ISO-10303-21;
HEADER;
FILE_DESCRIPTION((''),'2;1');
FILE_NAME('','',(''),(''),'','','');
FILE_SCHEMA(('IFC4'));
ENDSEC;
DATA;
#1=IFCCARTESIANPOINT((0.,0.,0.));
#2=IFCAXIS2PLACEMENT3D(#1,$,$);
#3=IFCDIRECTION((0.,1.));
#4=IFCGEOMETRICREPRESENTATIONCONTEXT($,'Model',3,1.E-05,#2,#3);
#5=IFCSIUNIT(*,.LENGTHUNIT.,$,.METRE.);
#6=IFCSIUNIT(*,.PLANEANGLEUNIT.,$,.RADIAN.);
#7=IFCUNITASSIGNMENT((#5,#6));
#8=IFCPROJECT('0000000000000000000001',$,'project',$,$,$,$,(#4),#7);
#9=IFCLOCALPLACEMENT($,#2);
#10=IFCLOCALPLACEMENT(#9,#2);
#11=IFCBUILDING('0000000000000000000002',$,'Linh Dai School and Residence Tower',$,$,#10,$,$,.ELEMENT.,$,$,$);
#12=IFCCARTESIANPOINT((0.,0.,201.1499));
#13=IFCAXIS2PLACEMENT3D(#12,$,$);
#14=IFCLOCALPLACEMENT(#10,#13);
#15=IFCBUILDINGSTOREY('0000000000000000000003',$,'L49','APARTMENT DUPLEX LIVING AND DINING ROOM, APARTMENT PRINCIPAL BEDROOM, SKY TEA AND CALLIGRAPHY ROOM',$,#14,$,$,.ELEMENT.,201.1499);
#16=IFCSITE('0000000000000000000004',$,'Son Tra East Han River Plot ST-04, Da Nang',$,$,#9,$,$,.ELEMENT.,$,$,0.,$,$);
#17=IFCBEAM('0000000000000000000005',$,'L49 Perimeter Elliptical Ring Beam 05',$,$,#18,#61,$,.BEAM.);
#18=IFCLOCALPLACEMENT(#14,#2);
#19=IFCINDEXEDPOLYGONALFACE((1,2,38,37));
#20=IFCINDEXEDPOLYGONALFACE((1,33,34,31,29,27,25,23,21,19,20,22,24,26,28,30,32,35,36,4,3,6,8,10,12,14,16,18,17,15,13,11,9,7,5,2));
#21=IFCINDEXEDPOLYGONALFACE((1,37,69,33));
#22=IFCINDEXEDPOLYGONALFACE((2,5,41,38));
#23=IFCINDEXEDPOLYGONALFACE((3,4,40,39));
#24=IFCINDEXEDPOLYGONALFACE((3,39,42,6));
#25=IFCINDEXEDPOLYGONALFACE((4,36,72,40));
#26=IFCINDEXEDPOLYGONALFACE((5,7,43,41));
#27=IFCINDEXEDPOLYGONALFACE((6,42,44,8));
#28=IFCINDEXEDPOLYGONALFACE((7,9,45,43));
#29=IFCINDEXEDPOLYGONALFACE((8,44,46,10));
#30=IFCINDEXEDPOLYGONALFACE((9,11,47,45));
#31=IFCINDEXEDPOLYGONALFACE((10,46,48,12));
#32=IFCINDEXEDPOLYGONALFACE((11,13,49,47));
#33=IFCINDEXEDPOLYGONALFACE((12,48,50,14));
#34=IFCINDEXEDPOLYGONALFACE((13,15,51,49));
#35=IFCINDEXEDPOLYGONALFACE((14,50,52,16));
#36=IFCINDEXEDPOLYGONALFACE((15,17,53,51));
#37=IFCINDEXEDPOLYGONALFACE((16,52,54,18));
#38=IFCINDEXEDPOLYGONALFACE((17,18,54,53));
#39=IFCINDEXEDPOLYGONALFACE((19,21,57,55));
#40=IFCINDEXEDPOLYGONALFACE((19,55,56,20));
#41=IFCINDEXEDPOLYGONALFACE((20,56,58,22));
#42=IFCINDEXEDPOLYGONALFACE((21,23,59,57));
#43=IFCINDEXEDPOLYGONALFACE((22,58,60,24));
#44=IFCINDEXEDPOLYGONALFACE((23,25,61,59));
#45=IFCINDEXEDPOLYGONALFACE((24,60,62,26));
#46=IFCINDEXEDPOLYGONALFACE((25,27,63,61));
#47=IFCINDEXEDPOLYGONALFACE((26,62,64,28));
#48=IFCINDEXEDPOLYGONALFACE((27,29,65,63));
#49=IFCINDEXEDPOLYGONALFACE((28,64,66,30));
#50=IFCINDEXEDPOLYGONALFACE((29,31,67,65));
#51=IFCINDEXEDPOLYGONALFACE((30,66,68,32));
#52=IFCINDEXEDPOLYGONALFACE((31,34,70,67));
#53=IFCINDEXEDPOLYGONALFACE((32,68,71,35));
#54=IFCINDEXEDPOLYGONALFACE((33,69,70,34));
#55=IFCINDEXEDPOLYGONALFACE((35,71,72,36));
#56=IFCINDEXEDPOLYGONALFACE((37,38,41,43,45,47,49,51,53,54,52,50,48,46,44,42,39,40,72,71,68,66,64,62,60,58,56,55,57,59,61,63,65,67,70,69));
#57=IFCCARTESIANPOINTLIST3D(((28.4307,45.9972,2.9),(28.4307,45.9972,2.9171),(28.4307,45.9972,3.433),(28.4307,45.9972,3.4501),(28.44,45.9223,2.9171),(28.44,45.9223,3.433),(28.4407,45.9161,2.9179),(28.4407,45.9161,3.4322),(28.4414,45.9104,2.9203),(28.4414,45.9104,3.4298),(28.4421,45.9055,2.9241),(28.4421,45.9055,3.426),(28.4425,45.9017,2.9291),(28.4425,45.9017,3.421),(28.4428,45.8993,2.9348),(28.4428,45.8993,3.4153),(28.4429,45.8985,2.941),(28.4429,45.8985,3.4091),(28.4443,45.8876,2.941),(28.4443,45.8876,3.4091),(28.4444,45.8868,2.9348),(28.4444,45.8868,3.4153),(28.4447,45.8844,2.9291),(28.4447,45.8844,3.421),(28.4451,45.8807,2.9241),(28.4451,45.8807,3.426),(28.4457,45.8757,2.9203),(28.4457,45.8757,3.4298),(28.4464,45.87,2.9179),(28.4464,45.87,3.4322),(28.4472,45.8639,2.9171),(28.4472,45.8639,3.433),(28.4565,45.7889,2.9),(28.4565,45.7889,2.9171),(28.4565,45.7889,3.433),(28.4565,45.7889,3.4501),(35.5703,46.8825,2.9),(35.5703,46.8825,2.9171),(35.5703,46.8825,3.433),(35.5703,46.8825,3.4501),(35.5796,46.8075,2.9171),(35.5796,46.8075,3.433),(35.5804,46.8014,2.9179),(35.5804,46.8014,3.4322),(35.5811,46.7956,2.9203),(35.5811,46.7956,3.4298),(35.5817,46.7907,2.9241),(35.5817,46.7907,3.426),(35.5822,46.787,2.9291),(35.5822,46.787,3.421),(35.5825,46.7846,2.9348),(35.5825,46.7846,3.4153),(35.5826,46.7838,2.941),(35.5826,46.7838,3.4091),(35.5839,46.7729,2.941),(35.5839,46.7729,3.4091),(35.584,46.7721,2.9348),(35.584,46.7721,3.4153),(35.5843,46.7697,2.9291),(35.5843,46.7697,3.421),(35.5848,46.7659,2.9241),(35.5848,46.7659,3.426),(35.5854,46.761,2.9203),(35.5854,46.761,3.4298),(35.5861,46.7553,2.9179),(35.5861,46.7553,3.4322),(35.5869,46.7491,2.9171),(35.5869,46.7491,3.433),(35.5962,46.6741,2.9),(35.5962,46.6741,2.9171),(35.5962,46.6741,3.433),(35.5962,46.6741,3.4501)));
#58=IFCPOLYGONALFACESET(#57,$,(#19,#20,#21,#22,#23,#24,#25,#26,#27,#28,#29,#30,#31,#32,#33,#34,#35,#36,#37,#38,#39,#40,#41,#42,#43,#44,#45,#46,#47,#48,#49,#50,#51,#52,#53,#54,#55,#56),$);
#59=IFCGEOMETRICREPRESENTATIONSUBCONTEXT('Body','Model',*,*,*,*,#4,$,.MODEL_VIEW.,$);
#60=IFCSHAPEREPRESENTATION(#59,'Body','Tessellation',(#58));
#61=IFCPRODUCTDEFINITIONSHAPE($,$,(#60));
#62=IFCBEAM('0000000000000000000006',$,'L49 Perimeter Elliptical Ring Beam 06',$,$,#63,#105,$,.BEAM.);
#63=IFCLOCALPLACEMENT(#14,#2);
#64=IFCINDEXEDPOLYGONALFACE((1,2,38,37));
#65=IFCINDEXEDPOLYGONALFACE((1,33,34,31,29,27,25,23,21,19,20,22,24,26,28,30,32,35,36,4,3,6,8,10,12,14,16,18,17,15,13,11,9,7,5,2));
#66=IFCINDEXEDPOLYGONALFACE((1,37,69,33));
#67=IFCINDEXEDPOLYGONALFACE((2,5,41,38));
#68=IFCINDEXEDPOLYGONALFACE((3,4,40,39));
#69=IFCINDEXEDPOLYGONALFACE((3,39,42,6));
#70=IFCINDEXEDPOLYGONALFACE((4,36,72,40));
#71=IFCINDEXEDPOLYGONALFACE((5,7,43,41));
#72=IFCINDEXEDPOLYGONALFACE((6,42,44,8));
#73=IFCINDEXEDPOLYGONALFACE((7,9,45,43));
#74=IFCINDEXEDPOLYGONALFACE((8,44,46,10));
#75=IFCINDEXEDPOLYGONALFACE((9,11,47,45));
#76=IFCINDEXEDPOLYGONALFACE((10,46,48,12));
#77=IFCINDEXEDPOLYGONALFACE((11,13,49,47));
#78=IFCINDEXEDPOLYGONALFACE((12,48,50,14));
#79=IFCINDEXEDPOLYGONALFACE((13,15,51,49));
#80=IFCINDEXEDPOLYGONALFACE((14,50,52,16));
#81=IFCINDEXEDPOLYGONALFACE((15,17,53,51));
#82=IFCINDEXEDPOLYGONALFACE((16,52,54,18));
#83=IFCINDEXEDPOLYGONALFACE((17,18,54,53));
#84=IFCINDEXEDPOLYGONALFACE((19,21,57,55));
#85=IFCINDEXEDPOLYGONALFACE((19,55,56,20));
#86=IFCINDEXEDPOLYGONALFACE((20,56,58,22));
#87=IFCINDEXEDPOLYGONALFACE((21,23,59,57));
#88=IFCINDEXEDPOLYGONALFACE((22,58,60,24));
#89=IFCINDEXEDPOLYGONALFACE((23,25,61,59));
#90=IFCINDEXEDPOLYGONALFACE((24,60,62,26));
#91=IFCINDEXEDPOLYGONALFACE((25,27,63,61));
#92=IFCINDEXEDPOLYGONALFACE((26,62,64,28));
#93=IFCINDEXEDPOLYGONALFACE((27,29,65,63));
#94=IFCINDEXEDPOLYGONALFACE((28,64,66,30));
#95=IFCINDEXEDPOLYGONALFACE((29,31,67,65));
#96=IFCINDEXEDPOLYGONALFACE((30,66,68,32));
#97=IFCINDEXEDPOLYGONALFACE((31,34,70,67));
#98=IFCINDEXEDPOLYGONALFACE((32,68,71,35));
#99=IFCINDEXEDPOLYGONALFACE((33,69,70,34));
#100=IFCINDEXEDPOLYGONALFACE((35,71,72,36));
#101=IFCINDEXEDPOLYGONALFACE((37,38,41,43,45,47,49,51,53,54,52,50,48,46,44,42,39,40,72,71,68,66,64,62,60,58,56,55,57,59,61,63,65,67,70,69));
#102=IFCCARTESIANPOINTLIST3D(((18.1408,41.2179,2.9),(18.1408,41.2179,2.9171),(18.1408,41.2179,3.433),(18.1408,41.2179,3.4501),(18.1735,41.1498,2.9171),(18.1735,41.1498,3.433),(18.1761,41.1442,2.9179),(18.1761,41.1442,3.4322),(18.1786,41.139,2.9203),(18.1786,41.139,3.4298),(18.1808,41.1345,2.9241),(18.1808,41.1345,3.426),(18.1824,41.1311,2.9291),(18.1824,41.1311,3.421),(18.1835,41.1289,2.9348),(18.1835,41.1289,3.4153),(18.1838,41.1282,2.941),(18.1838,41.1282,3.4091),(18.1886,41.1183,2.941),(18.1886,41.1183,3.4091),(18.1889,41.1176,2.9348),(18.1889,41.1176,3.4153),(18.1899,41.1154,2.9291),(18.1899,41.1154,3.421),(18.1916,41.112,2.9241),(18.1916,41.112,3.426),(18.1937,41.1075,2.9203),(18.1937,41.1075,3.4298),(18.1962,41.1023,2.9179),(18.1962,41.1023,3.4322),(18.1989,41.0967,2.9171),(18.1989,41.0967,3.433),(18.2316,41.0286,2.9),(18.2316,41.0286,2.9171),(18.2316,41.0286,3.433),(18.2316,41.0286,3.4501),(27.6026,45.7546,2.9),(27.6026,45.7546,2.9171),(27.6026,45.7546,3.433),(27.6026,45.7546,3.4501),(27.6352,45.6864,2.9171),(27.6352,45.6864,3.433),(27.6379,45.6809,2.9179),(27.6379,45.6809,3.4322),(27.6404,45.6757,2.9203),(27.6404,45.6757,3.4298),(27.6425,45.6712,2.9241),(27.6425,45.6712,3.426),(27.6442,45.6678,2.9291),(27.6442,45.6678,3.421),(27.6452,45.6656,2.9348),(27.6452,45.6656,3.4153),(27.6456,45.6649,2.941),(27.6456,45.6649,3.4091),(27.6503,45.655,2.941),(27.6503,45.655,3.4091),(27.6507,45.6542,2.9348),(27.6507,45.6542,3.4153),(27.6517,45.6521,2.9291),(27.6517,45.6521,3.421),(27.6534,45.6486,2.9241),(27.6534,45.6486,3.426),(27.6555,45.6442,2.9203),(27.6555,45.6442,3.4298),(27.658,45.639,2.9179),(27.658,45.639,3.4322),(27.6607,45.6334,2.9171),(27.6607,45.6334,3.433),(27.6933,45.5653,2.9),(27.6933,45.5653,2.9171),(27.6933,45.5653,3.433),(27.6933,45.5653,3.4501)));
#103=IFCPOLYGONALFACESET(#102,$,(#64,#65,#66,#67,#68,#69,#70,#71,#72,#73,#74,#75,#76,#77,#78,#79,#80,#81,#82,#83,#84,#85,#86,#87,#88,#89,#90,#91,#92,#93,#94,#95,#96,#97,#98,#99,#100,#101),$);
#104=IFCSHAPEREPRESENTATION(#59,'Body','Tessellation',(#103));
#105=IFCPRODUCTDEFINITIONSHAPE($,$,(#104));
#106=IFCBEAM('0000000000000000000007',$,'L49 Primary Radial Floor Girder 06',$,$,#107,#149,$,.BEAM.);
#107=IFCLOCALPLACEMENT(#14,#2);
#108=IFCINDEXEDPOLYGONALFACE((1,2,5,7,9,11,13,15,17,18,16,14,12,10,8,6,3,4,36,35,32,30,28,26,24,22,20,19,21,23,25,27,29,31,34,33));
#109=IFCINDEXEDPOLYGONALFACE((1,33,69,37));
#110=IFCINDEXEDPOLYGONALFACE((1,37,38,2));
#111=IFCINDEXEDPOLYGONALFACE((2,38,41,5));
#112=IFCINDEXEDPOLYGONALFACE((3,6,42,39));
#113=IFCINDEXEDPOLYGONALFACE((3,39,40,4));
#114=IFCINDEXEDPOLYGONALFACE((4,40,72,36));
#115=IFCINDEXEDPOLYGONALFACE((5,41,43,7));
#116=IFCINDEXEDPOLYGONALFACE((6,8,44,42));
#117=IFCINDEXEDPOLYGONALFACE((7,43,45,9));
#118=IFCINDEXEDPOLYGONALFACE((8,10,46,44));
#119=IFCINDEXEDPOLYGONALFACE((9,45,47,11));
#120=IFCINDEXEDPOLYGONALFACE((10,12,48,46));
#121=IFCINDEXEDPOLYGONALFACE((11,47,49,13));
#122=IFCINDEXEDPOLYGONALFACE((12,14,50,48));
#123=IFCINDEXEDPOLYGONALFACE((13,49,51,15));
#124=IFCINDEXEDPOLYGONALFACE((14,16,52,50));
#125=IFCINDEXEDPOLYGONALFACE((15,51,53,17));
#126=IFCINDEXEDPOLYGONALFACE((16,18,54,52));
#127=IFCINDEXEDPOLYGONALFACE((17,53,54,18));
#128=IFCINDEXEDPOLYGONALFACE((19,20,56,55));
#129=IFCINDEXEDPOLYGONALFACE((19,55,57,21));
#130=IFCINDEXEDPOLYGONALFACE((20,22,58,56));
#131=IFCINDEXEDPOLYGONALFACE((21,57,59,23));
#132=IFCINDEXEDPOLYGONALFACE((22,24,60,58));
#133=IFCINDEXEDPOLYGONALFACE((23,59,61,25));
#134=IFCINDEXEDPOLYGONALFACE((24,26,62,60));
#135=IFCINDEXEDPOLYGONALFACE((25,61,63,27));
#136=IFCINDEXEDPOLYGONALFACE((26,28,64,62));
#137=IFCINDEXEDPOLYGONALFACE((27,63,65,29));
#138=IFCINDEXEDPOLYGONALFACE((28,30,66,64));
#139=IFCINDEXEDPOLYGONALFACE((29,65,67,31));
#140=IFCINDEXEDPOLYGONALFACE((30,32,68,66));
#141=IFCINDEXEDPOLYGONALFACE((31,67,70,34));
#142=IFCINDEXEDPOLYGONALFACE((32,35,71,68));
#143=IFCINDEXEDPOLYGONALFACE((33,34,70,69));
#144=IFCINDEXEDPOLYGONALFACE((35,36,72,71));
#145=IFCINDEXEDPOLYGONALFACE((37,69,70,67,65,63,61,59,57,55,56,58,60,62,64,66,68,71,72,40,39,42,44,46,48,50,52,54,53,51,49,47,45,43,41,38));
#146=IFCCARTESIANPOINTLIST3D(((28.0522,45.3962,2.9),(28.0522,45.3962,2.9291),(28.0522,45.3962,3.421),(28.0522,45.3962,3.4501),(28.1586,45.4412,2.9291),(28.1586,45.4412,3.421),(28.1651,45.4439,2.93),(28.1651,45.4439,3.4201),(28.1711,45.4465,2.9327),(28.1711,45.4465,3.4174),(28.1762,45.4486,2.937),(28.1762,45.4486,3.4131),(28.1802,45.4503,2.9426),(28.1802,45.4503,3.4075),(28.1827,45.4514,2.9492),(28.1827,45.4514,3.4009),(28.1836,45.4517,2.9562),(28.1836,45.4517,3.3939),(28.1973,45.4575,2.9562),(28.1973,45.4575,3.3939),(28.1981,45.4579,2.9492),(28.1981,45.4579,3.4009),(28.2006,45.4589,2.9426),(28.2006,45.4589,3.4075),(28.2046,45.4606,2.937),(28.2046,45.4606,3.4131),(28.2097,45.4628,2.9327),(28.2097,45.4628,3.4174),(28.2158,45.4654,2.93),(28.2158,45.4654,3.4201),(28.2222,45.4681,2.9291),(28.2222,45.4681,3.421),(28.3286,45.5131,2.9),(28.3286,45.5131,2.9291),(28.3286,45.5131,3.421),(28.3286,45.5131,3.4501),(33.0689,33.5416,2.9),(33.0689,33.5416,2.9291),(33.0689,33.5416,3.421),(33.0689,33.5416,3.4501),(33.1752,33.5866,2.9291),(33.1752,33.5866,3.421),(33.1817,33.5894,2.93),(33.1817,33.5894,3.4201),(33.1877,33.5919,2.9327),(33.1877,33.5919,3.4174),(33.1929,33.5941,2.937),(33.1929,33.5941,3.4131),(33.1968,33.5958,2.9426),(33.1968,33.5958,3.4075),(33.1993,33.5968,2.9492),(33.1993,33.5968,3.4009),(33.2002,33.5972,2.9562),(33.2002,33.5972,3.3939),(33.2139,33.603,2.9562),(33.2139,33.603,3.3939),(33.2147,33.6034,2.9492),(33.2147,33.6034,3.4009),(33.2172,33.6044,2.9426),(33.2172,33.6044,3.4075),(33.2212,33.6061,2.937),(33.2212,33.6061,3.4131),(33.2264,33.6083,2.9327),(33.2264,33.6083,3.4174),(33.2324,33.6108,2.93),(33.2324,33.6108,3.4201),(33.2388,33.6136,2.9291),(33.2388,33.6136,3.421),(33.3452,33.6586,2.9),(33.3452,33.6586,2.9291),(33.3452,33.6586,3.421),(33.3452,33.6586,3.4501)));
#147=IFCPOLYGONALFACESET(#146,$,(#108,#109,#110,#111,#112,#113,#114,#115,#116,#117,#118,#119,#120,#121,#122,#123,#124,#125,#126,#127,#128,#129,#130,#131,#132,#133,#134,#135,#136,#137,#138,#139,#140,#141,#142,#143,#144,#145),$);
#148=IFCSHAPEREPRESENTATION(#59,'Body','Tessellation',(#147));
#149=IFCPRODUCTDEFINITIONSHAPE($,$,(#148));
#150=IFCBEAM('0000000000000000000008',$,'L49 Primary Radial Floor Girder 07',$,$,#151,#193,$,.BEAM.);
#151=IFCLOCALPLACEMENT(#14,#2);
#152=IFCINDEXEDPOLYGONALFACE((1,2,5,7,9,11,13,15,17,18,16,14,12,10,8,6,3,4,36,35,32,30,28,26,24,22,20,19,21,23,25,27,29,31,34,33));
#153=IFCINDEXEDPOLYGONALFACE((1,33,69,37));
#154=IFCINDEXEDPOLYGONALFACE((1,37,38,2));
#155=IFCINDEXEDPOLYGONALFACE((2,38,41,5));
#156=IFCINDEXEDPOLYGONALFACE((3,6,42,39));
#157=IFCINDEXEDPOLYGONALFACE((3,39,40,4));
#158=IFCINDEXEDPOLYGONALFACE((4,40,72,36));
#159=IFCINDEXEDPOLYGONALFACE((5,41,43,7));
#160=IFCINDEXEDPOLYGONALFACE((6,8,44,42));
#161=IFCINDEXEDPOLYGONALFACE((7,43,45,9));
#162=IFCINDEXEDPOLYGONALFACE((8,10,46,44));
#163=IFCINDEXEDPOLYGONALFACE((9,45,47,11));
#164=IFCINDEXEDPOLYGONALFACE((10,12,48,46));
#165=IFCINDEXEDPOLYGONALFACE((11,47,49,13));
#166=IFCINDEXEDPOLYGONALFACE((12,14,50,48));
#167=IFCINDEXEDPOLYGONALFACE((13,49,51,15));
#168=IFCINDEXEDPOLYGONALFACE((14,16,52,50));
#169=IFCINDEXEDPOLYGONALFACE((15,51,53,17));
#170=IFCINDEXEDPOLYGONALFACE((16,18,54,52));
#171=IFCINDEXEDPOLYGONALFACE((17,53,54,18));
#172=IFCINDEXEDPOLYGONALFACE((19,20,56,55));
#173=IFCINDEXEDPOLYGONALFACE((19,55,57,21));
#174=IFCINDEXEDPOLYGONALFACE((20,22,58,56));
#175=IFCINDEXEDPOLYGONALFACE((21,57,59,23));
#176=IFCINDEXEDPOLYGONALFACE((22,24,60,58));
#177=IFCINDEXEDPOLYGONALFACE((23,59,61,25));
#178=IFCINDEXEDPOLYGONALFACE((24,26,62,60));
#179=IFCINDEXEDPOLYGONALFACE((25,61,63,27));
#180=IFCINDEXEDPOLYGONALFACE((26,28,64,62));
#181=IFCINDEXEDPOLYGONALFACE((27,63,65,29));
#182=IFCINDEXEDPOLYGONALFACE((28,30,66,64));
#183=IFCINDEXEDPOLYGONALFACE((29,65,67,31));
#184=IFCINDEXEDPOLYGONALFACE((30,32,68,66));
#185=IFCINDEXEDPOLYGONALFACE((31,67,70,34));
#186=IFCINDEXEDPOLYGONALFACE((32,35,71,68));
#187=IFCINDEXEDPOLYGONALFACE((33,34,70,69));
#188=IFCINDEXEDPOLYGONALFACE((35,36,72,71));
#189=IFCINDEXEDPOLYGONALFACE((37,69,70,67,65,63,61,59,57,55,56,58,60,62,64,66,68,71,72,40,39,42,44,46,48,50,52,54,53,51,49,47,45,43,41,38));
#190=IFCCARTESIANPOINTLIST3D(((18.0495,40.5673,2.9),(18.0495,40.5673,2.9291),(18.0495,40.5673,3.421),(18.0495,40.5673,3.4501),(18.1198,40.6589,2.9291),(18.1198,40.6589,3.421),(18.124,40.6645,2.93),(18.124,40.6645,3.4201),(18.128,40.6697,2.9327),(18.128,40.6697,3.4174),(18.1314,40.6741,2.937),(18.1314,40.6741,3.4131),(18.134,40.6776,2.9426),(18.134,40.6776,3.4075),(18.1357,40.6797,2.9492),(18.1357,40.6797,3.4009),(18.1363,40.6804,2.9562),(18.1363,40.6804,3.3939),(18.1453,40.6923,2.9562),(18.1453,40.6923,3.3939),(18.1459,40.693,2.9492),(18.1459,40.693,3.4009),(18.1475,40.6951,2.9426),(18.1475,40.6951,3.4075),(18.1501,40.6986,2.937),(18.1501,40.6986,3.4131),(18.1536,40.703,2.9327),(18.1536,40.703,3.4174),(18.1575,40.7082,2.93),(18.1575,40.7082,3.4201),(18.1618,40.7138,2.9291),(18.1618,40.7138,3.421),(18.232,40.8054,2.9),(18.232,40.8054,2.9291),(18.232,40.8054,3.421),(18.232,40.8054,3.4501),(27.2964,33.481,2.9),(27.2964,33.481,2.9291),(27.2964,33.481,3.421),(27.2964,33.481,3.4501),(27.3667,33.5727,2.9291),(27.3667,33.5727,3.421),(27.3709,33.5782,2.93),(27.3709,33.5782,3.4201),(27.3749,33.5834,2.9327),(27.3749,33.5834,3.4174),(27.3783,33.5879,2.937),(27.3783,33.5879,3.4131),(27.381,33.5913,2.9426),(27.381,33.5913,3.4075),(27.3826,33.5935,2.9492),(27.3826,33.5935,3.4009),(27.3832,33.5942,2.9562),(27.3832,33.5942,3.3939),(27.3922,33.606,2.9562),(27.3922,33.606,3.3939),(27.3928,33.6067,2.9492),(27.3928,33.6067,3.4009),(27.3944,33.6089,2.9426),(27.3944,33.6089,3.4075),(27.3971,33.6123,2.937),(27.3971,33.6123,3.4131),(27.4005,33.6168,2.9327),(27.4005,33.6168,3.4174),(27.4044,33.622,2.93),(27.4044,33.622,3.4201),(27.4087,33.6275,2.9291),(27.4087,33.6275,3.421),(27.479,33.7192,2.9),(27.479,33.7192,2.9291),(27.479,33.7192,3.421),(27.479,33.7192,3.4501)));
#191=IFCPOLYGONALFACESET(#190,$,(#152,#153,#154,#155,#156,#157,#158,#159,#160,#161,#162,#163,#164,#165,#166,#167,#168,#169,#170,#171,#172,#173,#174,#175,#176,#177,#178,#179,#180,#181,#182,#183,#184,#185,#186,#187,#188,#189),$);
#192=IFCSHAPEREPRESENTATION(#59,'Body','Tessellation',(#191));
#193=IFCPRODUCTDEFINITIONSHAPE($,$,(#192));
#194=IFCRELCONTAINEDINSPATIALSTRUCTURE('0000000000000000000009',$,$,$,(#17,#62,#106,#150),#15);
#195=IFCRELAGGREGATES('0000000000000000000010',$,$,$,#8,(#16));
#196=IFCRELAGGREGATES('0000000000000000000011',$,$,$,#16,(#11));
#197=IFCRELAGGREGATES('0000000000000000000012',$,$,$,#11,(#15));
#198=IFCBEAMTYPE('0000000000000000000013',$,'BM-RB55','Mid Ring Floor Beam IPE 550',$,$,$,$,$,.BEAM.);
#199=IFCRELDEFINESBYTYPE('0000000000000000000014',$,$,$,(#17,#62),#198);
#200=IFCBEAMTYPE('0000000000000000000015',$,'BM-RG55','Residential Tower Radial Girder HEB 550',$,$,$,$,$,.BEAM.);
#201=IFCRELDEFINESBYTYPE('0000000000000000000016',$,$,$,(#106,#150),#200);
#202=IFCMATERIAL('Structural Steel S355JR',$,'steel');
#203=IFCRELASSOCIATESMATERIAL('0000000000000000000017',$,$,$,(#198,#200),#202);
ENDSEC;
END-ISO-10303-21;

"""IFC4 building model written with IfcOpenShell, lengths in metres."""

from ifc_helpers import new_model, si_unit, direction, frame, origin, origin_2d, place, context, subcontext, project, spatial, i_section, extrude, material, material_profile, profile_set, type_object, element, save


model = new_model("IFC4")

# Units and contexts
model_context = context("Model", 3, precision=1e-05, world=origin(), true_north=direction((0.0, 1.0)))
body_context = subcontext(model_context, "Body", "Model", "MODEL_VIEW")
ifc_project = project(units=[si_unit("LENGTHUNIT", "METRE"), si_unit("PLANEANGLEUNIT", "RADIAN")], contexts=[model_context])

# Site, building, storey
site_placement = place(None, origin())
site = spatial("IfcSite", under=ifc_project, at=site_placement, Name="Son Tra East Han River Plot ST-04, Da Nang", CompositionType="ELEMENT", RefElevation=0.0)
building_placement = place(site_placement, origin())
building = spatial("IfcBuilding", under=site, at=building_placement, Name="Linh Dai School and Residence Tower", CompositionType="ELEMENT")
storey_placement = place(building_placement, frame((0.0, 0.0, 201.1499)))
storey = spatial("IfcBuildingStorey", under=building, at=storey_placement, Name="L49", Description="APARTMENT DUPLEX LIVING AND DINING ROOM, APARTMENT PRINCIPAL BEDROOM, SKY TEA AND CALLIGRAPHY ROOM", CompositionType="ELEMENT", Elevation=201.1499)

# Shared definitions
ifc_material_1 = material(Name="Structural Steel S355JR", Category="steel")

# Beams
ifc_material_profile_1 = material_profile(ifc_material_1, i_section(OverallWidth=0.21, OverallDepth=0.55, WebThickness=0.011, FlangeThickness=0.0171, FilletRadius=0.0239, at=origin_2d()), Name="IPE 550")
ifc_profile_set_1 = profile_set([ifc_material_profile_1], Name="Structural Steel S355JR")
beam_type_1 = type_object("IfcBeamType", Name="BM-RB55", Description="Mid Ring Floor Beam IPE 550", PredefinedType="BEAM", material=ifc_profile_set_1)
beam_1_placement = place(storey_placement, frame((35.5833, 46.7783, 3.175), z_axis=(-0.992401, -0.123049, 0.0), x_axis=(0.123049, -0.992401, 0.0)))
element("IfcBeam", 1, at=beam_1_placement, inside=storey, type_object=beam_type_1, Name="L49 Perimeter Elliptical Ring Beam 05", PredefinedType="BEAM", context=body_context, shape_type="SweptSolid", body=[
    extrude(i_section(OverallWidth=0.21, OverallDepth=0.55, WebThickness=0.011, FlangeThickness=0.0171, FilletRadius=0.0239, at=origin_2d()), origin(), (0.0, 0.0, 1.0), 7.1943),
])
beam_2_placement = place(storey_placement, frame((27.6479, 45.6599, 3.175), z_axis=(-0.901708, -0.432345, 0.0), x_axis=(0.432345, -0.901708, 0.0)))
element("IfcBeam", 2, at=beam_2_placement, inside=storey, type_object=beam_type_1, Name="L49 Perimeter Elliptical Ring Beam 06", PredefinedType="BEAM", context=body_context, shape_type="SweptSolid", body=[
    extrude(i_section(OverallWidth=0.21, OverallDepth=0.55, WebThickness=0.011, FlangeThickness=0.0171, FilletRadius=0.0239, at=origin_2d()), origin(), (0.0, 0.0, 1.0), 10.4932),
])
ifc_material_profile_2 = material_profile(ifc_material_1, i_section(OverallWidth=0.3, OverallDepth=0.55, WebThickness=0.0149, FlangeThickness=0.0291, FilletRadius=0.0271, at=origin_2d()), Name="HEB 550")
ifc_profile_set_2 = profile_set([ifc_material_profile_2], Name="Structural Steel S355JR")
beam_type_2 = type_object("IfcBeamType", Name="BM-RG55", Description="Residential Tower Radial Girder HEB 550", PredefinedType="BEAM", material=ifc_profile_set_2)
beam_3_placement = place(storey_placement, frame((33.207, 33.6001, 3.175), z_axis=(-0.389722, 0.920933, 0.0), x_axis=(-0.920933, -0.389722, 0.0)))
element("IfcBeam", 3, at=beam_3_placement, inside=storey, type_object=beam_type_2, Name="L49 Primary Radial Floor Girder 06", PredefinedType="BEAM", context=body_context, shape_type="SweptSolid", body=[
    extrude(i_section(OverallWidth=0.3, OverallDepth=0.55, WebThickness=0.0149, FlangeThickness=0.0291, FilletRadius=0.0271, at=origin_2d()), origin(), (0.0, 0.0, 1.0), 12.8723),
])
beam_4_placement = place(storey_placement, frame((27.3877, 33.6001, 3.175), z_axis=(-0.793733, 0.608267, 0.0), x_axis=(-0.608267, -0.793733, 0.0)))
element("IfcBeam", 4, at=beam_4_placement, inside=storey, type_object=beam_type_2, Name="L49 Primary Radial Floor Girder 07", PredefinedType="BEAM", context=body_context, shape_type="SweptSolid", body=[
    extrude(i_section(OverallWidth=0.3, OverallDepth=0.55, WebThickness=0.0149, FlangeThickness=0.0291, FilletRadius=0.0271, at=origin_2d()), origin(), (0.0, 0.0, 1.0), 11.6499),
])

save(model, "model.ifc")
